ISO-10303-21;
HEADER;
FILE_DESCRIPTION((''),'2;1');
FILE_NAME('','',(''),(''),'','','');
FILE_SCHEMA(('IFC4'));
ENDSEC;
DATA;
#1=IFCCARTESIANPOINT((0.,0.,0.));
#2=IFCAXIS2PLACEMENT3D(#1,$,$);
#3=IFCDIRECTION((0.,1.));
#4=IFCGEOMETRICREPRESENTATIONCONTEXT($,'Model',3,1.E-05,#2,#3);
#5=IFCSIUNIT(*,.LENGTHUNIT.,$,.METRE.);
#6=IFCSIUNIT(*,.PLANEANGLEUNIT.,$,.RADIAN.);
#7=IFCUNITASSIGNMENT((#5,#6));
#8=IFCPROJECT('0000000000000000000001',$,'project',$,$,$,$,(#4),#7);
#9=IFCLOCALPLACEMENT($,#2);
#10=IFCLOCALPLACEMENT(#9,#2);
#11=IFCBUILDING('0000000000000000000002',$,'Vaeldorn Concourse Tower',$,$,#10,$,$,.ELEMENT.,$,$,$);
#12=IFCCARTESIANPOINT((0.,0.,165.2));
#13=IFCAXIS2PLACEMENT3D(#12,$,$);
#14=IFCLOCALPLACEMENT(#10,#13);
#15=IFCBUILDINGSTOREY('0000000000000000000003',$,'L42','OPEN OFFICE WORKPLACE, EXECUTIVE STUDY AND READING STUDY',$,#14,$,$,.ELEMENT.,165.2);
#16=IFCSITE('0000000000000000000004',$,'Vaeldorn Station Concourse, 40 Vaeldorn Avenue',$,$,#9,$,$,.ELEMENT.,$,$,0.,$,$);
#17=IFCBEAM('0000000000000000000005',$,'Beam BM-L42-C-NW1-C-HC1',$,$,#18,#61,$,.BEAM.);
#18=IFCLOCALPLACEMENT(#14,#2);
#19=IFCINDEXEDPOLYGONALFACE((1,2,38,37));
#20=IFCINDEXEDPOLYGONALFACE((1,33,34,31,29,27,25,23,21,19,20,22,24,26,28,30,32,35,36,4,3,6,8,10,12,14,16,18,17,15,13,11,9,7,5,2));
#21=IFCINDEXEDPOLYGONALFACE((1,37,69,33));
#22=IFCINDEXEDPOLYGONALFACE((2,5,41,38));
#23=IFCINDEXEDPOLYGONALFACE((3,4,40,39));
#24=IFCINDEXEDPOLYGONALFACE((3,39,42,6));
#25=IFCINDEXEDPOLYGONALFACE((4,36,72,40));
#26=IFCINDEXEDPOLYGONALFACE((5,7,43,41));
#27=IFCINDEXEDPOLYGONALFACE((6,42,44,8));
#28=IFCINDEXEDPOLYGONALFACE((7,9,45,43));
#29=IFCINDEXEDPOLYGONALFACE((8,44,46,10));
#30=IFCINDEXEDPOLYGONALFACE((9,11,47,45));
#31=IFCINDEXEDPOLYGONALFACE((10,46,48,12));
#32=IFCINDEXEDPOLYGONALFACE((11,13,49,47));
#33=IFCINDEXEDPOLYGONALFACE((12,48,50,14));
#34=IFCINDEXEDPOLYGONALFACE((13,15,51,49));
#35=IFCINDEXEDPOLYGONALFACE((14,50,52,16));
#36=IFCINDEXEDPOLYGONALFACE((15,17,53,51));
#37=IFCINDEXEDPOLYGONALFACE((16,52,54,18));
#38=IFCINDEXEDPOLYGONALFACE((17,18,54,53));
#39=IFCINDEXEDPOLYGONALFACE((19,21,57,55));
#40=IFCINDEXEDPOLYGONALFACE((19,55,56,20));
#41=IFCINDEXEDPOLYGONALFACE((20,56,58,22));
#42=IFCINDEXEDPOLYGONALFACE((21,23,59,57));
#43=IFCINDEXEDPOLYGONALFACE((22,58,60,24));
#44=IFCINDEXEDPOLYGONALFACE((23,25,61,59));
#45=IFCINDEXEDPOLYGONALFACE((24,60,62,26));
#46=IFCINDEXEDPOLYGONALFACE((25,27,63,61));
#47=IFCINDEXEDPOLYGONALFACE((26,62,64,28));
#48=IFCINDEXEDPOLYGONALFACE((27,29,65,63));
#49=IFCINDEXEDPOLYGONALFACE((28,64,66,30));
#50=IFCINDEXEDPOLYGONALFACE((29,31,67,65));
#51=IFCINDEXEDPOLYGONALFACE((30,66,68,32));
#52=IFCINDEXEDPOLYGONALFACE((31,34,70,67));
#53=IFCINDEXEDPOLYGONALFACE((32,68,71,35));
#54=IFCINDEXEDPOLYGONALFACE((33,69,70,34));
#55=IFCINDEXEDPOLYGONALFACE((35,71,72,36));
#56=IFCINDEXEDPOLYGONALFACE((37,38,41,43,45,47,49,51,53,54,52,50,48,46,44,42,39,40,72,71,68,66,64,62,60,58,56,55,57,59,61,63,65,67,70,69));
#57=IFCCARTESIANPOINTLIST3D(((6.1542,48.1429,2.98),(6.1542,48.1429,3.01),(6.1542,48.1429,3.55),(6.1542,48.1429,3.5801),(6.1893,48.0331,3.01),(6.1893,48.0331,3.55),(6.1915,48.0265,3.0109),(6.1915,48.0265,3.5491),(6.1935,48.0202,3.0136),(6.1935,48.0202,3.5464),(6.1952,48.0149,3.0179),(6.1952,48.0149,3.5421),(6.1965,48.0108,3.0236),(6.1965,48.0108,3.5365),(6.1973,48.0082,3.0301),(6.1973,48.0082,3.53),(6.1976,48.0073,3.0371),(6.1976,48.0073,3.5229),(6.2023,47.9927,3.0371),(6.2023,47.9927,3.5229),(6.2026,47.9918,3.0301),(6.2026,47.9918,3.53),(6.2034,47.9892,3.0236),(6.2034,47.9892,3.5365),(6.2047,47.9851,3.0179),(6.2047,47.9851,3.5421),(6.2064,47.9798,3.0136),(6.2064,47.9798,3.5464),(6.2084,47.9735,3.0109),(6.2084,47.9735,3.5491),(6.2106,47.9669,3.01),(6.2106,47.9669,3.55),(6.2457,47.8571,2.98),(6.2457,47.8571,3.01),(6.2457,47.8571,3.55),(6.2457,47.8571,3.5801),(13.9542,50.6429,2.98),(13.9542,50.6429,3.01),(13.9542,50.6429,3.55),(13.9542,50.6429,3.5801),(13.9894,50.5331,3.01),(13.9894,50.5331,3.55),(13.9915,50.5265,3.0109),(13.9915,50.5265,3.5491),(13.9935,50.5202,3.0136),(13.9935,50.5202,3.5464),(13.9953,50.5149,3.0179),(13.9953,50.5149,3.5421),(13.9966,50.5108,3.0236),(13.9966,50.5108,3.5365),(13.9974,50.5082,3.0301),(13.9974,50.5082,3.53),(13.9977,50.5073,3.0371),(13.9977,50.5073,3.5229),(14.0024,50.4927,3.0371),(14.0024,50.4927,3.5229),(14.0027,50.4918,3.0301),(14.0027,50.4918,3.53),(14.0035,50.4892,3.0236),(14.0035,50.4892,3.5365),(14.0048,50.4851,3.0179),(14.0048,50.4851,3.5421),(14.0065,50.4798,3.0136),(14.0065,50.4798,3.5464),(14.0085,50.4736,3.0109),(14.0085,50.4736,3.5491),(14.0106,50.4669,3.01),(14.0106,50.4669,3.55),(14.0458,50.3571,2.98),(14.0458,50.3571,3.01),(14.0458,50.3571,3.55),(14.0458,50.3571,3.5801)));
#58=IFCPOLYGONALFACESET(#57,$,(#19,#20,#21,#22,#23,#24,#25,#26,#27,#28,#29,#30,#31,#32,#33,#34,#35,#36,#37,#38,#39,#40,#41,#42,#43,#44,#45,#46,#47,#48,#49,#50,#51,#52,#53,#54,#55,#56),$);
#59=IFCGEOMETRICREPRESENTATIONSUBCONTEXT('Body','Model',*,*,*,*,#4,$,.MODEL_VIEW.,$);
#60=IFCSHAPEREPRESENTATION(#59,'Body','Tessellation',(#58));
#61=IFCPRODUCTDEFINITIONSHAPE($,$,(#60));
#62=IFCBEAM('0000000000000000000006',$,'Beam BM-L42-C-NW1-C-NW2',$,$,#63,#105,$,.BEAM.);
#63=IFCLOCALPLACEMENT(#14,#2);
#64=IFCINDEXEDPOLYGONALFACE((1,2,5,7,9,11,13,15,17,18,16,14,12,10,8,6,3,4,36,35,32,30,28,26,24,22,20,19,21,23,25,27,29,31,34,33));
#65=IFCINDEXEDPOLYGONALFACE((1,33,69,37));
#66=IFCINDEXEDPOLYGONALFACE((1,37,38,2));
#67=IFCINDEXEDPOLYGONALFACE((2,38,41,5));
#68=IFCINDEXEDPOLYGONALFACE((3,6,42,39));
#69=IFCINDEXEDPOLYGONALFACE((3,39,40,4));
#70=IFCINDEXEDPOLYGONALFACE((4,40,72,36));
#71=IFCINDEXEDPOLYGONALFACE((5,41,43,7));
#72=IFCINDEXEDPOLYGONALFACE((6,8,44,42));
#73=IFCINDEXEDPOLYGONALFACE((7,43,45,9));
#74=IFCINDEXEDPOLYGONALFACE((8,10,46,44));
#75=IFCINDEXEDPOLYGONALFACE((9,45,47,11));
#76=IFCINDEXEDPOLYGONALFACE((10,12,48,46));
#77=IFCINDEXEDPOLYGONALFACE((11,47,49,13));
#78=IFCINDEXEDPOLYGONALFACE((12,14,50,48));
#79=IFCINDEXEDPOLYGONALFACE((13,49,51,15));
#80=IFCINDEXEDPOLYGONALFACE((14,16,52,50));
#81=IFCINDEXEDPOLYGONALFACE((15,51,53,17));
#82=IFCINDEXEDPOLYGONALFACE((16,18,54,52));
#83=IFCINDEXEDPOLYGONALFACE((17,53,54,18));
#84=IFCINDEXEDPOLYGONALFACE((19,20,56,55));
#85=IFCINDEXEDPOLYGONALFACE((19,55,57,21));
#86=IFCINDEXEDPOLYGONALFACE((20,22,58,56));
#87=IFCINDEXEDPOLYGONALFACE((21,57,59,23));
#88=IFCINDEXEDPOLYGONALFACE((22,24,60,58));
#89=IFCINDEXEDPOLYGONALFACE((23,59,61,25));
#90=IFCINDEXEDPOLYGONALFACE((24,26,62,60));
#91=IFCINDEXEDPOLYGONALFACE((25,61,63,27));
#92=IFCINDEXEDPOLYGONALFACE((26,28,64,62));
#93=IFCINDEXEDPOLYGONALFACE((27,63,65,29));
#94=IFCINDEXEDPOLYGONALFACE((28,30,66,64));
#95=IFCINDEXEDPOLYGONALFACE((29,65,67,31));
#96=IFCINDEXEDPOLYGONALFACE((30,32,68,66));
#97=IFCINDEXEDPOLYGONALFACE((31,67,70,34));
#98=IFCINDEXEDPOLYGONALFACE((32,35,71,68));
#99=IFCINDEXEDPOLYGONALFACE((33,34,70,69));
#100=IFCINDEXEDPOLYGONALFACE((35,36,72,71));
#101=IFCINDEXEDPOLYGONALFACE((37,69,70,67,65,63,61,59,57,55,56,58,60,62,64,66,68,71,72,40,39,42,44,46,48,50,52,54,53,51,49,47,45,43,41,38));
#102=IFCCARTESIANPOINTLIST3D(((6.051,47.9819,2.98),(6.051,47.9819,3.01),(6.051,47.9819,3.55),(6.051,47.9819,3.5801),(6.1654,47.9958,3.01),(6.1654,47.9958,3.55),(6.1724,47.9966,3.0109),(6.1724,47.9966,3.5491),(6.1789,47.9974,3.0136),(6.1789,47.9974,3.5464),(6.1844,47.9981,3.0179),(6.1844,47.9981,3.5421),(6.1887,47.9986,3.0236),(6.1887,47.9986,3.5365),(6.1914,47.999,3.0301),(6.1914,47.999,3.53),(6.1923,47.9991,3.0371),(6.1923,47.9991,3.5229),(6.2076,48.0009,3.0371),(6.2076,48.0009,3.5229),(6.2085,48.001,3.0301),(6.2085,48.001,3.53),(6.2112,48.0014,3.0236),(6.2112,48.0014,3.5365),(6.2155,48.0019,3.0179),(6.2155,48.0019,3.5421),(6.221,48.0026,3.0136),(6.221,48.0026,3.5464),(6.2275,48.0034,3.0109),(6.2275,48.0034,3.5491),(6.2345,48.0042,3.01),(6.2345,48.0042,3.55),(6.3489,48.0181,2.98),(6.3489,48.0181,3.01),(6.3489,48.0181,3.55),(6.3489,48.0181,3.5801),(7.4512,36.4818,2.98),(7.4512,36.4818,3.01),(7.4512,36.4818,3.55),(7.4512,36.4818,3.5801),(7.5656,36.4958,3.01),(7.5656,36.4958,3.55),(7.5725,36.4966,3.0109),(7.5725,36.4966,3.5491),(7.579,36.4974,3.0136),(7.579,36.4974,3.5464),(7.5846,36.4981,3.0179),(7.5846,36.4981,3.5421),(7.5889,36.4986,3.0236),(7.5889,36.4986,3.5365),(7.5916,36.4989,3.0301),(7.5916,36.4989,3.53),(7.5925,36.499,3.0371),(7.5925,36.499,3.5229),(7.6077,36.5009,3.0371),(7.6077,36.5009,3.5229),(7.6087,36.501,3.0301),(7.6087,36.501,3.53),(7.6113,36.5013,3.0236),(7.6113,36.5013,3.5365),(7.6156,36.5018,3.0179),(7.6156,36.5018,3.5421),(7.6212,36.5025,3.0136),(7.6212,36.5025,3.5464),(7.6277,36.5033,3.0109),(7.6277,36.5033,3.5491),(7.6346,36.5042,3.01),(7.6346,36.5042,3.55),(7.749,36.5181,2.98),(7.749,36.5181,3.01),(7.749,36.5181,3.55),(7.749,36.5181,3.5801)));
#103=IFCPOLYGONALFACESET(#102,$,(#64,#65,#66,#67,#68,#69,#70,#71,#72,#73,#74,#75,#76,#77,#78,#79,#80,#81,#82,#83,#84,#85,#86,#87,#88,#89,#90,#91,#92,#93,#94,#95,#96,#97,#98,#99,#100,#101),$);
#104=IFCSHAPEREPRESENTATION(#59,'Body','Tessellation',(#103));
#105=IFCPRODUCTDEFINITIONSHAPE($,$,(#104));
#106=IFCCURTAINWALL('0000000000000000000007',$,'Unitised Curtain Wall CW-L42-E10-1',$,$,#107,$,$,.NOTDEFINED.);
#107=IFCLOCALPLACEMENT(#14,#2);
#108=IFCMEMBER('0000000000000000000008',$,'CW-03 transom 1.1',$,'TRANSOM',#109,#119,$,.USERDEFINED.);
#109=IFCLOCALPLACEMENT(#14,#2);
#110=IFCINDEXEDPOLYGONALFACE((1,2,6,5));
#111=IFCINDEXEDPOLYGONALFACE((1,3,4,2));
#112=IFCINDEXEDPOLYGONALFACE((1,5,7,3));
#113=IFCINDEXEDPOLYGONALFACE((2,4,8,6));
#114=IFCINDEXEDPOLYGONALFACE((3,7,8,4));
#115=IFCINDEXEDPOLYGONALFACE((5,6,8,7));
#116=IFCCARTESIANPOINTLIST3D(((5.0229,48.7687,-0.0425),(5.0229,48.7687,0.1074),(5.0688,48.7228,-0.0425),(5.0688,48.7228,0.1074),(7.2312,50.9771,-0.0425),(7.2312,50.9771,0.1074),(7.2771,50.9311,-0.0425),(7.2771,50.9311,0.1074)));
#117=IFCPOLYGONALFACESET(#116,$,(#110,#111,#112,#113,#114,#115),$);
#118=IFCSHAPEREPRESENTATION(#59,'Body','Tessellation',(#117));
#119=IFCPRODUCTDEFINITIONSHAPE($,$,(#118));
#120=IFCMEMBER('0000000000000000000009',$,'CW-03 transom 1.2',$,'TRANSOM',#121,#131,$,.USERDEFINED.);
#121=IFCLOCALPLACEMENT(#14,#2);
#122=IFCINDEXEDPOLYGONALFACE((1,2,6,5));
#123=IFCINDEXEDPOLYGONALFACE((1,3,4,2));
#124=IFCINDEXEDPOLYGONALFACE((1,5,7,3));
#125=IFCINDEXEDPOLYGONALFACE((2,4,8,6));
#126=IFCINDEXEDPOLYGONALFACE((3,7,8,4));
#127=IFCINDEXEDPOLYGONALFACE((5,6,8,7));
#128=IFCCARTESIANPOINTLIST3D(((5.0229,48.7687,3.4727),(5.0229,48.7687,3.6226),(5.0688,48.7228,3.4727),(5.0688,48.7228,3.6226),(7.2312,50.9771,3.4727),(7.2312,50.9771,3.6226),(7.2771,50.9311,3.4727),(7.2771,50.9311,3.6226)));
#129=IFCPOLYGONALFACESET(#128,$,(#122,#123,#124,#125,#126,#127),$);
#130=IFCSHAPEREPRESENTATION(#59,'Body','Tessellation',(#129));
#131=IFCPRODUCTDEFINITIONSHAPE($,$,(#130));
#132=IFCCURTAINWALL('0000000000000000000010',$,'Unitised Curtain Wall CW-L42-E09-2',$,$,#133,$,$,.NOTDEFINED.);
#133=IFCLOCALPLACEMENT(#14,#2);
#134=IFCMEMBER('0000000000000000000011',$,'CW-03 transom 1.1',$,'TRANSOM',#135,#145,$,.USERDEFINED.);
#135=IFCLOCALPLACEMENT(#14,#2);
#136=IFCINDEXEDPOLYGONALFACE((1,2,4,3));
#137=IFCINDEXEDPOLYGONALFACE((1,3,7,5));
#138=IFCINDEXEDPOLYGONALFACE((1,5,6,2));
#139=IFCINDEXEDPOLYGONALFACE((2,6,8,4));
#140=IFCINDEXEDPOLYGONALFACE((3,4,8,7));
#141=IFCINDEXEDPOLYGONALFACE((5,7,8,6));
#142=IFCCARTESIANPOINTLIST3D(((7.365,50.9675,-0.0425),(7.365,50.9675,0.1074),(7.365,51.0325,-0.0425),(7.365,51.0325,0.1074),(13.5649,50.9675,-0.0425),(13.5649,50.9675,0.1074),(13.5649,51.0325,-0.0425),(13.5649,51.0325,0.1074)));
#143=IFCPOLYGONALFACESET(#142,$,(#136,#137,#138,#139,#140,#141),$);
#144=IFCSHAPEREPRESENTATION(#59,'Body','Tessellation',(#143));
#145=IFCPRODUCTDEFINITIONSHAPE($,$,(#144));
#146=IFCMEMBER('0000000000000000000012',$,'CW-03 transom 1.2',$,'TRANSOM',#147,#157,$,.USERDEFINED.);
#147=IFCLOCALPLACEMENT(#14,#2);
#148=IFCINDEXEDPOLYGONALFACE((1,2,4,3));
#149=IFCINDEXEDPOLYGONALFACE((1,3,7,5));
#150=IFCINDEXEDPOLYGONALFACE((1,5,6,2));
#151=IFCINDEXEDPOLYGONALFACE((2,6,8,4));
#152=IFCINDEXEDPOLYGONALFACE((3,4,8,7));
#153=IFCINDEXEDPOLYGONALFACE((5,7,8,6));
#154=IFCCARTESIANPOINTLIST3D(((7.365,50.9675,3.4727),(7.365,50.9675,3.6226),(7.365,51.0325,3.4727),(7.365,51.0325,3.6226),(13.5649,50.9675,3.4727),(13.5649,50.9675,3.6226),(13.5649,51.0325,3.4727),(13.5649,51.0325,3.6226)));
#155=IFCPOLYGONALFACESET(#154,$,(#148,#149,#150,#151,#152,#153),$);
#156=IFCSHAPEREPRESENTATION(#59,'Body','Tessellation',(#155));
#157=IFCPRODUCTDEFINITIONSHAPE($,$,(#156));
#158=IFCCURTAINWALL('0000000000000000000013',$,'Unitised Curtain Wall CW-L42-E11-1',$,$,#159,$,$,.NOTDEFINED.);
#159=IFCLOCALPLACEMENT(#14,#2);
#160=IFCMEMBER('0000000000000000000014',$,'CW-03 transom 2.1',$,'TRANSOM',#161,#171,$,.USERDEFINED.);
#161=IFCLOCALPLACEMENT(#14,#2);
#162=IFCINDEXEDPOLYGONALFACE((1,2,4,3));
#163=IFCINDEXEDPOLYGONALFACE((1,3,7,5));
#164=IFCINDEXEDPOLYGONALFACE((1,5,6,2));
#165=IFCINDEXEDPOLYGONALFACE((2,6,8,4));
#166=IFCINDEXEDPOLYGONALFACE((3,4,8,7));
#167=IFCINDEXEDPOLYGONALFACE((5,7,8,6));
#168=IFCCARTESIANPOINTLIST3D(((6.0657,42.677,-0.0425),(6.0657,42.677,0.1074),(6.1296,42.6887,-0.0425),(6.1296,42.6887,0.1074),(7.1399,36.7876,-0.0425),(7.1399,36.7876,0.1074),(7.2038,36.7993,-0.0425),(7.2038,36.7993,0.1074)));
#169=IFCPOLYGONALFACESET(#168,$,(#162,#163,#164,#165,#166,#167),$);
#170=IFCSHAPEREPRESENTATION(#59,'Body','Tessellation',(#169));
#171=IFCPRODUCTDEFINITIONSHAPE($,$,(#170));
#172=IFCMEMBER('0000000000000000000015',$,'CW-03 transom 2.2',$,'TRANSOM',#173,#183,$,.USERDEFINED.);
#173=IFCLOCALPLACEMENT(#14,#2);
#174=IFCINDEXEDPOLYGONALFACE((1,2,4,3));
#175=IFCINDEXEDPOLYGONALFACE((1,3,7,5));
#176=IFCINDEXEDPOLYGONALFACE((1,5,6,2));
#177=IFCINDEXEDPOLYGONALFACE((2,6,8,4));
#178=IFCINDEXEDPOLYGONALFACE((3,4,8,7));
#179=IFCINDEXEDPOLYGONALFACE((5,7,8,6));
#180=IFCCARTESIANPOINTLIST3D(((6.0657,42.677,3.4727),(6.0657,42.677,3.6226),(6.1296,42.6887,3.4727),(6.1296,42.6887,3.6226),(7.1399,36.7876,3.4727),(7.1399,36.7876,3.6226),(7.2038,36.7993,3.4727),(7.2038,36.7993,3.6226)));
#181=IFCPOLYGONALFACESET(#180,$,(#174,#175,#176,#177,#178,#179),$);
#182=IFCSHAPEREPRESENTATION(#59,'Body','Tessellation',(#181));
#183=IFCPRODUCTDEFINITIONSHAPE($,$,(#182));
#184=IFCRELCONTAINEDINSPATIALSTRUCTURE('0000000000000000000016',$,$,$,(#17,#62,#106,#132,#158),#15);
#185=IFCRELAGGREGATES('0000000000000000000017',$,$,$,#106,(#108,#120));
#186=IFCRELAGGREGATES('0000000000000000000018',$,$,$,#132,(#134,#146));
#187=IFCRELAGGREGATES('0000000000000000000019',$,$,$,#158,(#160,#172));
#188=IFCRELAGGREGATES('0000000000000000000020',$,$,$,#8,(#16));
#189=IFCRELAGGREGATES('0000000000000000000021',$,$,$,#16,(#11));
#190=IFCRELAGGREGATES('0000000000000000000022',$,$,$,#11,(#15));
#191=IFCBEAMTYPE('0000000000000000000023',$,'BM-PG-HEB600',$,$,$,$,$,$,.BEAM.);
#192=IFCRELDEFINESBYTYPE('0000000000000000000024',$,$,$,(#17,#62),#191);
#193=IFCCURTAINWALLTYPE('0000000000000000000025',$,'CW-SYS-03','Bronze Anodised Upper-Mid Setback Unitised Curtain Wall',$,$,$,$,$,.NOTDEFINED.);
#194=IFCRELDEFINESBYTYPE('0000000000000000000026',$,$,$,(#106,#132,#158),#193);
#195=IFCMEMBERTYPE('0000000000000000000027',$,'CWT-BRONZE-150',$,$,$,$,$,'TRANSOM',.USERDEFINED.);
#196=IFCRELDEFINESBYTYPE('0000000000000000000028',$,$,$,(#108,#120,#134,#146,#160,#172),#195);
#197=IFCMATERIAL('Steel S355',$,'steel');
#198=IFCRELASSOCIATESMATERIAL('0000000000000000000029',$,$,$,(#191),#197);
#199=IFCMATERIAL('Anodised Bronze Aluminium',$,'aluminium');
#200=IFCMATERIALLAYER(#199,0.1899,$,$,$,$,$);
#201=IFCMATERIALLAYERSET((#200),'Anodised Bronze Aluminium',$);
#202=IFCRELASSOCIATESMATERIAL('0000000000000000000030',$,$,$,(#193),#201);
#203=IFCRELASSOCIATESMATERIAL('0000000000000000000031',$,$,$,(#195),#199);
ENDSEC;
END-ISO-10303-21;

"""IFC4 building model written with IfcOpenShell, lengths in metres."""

from ifc_helpers import new_model, si_unit, direction, frame, origin, origin_2d, place, context, subcontext, project, spatial, rectangle, i_section, extrude, source, transform, mapped, material, layer, layer_set, material_profile, profile_set, type_object, element, aggregate, save


model = new_model("IFC4")

# Units and contexts
model_context = context("Model", 3, precision=1e-05, world=origin(), true_north=direction((0.0, 1.0)))
body_context = subcontext(model_context, "Body", "Model", "MODEL_VIEW")
ifc_project = project(units=[si_unit("LENGTHUNIT", "METRE"), si_unit("PLANEANGLEUNIT", "RADIAN")], contexts=[model_context])

# Site, building, storey
site_placement = place(None, origin())
site = spatial("IfcSite", under=ifc_project, at=site_placement, Name="Vaeldorn Station Concourse, 40 Vaeldorn Avenue", CompositionType="ELEMENT", RefElevation=0.0)
building_placement = place(site_placement, origin())
building = spatial("IfcBuilding", under=site, at=building_placement, Name="Vaeldorn Concourse Tower", CompositionType="ELEMENT")
storey_placement = place(building_placement, frame((0.0, 0.0, 165.2)))
storey = spatial("IfcBuildingStorey", under=building, at=storey_placement, Name="L42", Description="OPEN OFFICE WORKPLACE, EXECUTIVE STUDY AND READING STUDY", CompositionType="ELEMENT", Elevation=165.2)

# Beams
ifc_material_1 = material(Name="Steel S355", Category="steel")
ifc_material_profile_1 = material_profile(ifc_material_1, i_section(OverallWidth=0.3, OverallDepth=0.6001, WebThickness=0.0154, FlangeThickness=0.03, FilletRadius=0.0271, at=origin_2d()), Name="HEB 600")
ifc_profile_set_1 = profile_set([ifc_material_profile_1], Name="Steel S355")
beam_type_1 = type_object("IfcBeamType", Name="BM-PG-HEB600", PredefinedType="BEAM", material=ifc_profile_set_1)
shared_shape_1 = source(origin(), body_context, "Body", "SweptSolid", [
    extrude(i_section(OverallWidth=0.3, OverallDepth=0.6001, WebThickness=0.0154, FlangeThickness=0.03, FilletRadius=0.0271, at=origin_2d()), origin(), (0.0, 0.0, 1.0), 8.1909),
])
beam_1_placement = place(storey_placement, frame((6.2, 48.0, 3.28), z_axis=(0.952283, 0.305217, 0.0), x_axis=(-0.305217, 0.952283, 0.0)))
element("IfcBeam", 1, at=beam_1_placement, inside=storey, type_object=beam_type_1, Name="Beam BM-L42-C-NW1-C-HC1", PredefinedType="BEAM", context=body_context, shape_type="MappedRepresentation", body=[
    mapped(shared_shape_1, transform((0.0, 0.0, 0.0), scale=1.0)),
])
shared_shape_2 = source(origin(), body_context, "Body", "SweptSolid", [
    extrude(i_section(OverallWidth=0.3, OverallDepth=0.6001, WebThickness=0.0154, FlangeThickness=0.03, FilletRadius=0.0271, at=origin_2d()), origin(), (0.0, 0.0, 1.0), 11.585),
])
beam_2_placement = place(storey_placement, frame((6.2, 48.0, 3.28), z_axis=(0.120859, -0.99267, 0.0), x_axis=(0.99267, 0.120859, 0.0)))
element("IfcBeam", 2, at=beam_2_placement, inside=storey, type_object=beam_type_1, Name="Beam BM-L42-C-NW1-C-NW2", PredefinedType="BEAM", context=body_context, shape_type="MappedRepresentation", body=[
    mapped(shared_shape_2, transform((0.0, 0.0, 0.0), scale=1.0)),
])

# Curtain walls, members
ifc_material_2 = material(Name="Anodised Bronze Aluminium", Category="aluminium")
ifc_layer_1 = layer(ifc_material_2, 0.1899)
ifc_layer_set_1 = layer_set([ifc_layer_1], Name="Anodised Bronze Aluminium")
curtain_wall_type = type_object("IfcCurtainWallType", Name="CW-SYS-03", Description="Bronze Anodised Upper-Mid Setback Unitised Curtain Wall", PredefinedType="NOTDEFINED", material=ifc_layer_set_1)
curtain_wall_1_placement = place(storey_placement, origin())
curtain_wall_1 = element("IfcCurtainWall", 3, at=curtain_wall_1_placement, inside=storey, type_object=curtain_wall_type, Name="Unitised Curtain Wall CW-L42-E10-1", PredefinedType="NOTDEFINED")
ifc_material_profile_2 = material_profile(ifc_material_2, rectangle(XDim=0.0649, YDim=0.1499, at=origin_2d()), Name="CWT 65x150")
ifc_profile_set_2 = profile_set([ifc_material_profile_2], Name="Anodised Bronze Aluminium")
member_type_1 = type_object("IfcMemberType", Name="CWT-BRONZE-150", ElementType="TRANSOM", PredefinedType="USERDEFINED", material=ifc_profile_set_2)
shared_shape_3 = source(origin(), body_context, "Body", "SweptSolid", [
    extrude(rectangle(XDim=0.0649, YDim=0.1499, at=origin_2d()), origin(), (0.0, 0.0, 1.0), 3.123),
])
member_1_placement = place(storey_placement, frame((7.2542, 50.9541, 0.0325), z_axis=(-0.707107, -0.707107, 0.0), x_axis=(0.707107, -0.707107, 0.0)))
member_1 = element("IfcMember", 4, at=member_1_placement, type_object=member_type_1, Name="CW-03 transom 1.1", ObjectType="TRANSOM", PredefinedType="USERDEFINED", context=body_context, shape_type="MappedRepresentation", body=[
    mapped(shared_shape_3, transform((0.0, 0.0, 0.0), scale=1.0)),
])
member_2_placement = place(storey_placement, frame((7.2542, 50.9541, 3.5476), z_axis=(-0.707107, -0.707107, 0.0), x_axis=(0.707107, -0.707107, 0.0)))
member_2 = element("IfcMember", 5, at=member_2_placement, type_object=member_type_1, Name="CW-03 transom 1.2", ObjectType="TRANSOM", PredefinedType="USERDEFINED", context=body_context, shape_type="MappedRepresentation", body=[
    mapped(shared_shape_3, transform((0.0, 0.0, 0.0), scale=1.0)),
])
curtain_wall_2_placement = place(storey_placement, origin())
curtain_wall_2 = element("IfcCurtainWall", 6, at=curtain_wall_2_placement, inside=storey, type_object=curtain_wall_type, Name="Unitised Curtain Wall CW-L42-E09-2", PredefinedType="NOTDEFINED")
shared_shape_4 = source(origin(), body_context, "Body", "SweptSolid", [
    extrude(rectangle(XDim=0.0649, YDim=0.1499, at=origin_2d()), origin(), (0.0, 0.0, 1.0), 6.2),
])
member_3_placement = place(storey_placement, frame((13.5649, 51.0, 0.0325), z_axis=(-1.0, 0.0, 0.0), x_axis=(0.0, -1.0, 0.0)))
member_3 = element("IfcMember", 7, at=member_3_placement, type_object=member_type_1, Name="CW-03 transom 1.1", ObjectType="TRANSOM", PredefinedType="USERDEFINED", context=body_context, shape_type="MappedRepresentation", body=[
    mapped(shared_shape_4, transform((0.0, 0.0, 0.0), scale=1.0)),
])
member_4_placement = place(storey_placement, frame((13.5649, 51.0, 3.5476), z_axis=(-1.0, 0.0, 0.0), x_axis=(0.0, -1.0, 0.0)))
member_4 = element("IfcMember", 8, at=member_4_placement, type_object=member_type_1, Name="CW-03 transom 1.2", ObjectType="TRANSOM", PredefinedType="USERDEFINED", context=body_context, shape_type="MappedRepresentation", body=[
    mapped(shared_shape_4, transform((0.0, 0.0, 0.0), scale=1.0)),
])
curtain_wall_3_placement = place(storey_placement, origin())
curtain_wall_3 = element("IfcCurtainWall", 9, at=curtain_wall_3_placement, inside=storey, type_object=curtain_wall_type, Name="Unitised Curtain Wall CW-L42-E11-1", PredefinedType="NOTDEFINED")
shared_shape_5 = source(origin(), body_context, "Body", "SweptSolid", [
    extrude(rectangle(XDim=0.0649, YDim=0.1499, at=origin_2d()), origin(), (0.0, 0.0, 1.0), 5.9866),
])
member_5_placement = place(storey_placement, frame((6.0977, 42.6829, 0.0325), z_axis=(0.179438, -0.983769, 0.0), x_axis=(0.983769, 0.179438, 0.0)))
member_5 = element("IfcMember", 10, at=member_5_placement, type_object=member_type_1, Name="CW-03 transom 2.1", ObjectType="TRANSOM", PredefinedType="USERDEFINED", context=body_context, shape_type="MappedRepresentation", body=[
    mapped(shared_shape_5, transform((0.0, 0.0, 0.0), scale=1.0)),
])
member_6_placement = place(storey_placement, frame((6.0977, 42.6829, 3.5476), z_axis=(0.179438, -0.983769, 0.0), x_axis=(0.983769, 0.179438, 0.0)))
member_6 = element("IfcMember", 11, at=member_6_placement, type_object=member_type_1, Name="CW-03 transom 2.2", ObjectType="TRANSOM", PredefinedType="USERDEFINED", context=body_context, shape_type="MappedRepresentation", body=[
    mapped(shared_shape_5, transform((0.0, 0.0, 0.0), scale=1.0)),
])

aggregate(curtain_wall_1, [member_1, member_2])
aggregate(curtain_wall_2, [member_3, member_4])
aggregate(curtain_wall_3, [member_5, member_6])

save(model, "model.ifc")
